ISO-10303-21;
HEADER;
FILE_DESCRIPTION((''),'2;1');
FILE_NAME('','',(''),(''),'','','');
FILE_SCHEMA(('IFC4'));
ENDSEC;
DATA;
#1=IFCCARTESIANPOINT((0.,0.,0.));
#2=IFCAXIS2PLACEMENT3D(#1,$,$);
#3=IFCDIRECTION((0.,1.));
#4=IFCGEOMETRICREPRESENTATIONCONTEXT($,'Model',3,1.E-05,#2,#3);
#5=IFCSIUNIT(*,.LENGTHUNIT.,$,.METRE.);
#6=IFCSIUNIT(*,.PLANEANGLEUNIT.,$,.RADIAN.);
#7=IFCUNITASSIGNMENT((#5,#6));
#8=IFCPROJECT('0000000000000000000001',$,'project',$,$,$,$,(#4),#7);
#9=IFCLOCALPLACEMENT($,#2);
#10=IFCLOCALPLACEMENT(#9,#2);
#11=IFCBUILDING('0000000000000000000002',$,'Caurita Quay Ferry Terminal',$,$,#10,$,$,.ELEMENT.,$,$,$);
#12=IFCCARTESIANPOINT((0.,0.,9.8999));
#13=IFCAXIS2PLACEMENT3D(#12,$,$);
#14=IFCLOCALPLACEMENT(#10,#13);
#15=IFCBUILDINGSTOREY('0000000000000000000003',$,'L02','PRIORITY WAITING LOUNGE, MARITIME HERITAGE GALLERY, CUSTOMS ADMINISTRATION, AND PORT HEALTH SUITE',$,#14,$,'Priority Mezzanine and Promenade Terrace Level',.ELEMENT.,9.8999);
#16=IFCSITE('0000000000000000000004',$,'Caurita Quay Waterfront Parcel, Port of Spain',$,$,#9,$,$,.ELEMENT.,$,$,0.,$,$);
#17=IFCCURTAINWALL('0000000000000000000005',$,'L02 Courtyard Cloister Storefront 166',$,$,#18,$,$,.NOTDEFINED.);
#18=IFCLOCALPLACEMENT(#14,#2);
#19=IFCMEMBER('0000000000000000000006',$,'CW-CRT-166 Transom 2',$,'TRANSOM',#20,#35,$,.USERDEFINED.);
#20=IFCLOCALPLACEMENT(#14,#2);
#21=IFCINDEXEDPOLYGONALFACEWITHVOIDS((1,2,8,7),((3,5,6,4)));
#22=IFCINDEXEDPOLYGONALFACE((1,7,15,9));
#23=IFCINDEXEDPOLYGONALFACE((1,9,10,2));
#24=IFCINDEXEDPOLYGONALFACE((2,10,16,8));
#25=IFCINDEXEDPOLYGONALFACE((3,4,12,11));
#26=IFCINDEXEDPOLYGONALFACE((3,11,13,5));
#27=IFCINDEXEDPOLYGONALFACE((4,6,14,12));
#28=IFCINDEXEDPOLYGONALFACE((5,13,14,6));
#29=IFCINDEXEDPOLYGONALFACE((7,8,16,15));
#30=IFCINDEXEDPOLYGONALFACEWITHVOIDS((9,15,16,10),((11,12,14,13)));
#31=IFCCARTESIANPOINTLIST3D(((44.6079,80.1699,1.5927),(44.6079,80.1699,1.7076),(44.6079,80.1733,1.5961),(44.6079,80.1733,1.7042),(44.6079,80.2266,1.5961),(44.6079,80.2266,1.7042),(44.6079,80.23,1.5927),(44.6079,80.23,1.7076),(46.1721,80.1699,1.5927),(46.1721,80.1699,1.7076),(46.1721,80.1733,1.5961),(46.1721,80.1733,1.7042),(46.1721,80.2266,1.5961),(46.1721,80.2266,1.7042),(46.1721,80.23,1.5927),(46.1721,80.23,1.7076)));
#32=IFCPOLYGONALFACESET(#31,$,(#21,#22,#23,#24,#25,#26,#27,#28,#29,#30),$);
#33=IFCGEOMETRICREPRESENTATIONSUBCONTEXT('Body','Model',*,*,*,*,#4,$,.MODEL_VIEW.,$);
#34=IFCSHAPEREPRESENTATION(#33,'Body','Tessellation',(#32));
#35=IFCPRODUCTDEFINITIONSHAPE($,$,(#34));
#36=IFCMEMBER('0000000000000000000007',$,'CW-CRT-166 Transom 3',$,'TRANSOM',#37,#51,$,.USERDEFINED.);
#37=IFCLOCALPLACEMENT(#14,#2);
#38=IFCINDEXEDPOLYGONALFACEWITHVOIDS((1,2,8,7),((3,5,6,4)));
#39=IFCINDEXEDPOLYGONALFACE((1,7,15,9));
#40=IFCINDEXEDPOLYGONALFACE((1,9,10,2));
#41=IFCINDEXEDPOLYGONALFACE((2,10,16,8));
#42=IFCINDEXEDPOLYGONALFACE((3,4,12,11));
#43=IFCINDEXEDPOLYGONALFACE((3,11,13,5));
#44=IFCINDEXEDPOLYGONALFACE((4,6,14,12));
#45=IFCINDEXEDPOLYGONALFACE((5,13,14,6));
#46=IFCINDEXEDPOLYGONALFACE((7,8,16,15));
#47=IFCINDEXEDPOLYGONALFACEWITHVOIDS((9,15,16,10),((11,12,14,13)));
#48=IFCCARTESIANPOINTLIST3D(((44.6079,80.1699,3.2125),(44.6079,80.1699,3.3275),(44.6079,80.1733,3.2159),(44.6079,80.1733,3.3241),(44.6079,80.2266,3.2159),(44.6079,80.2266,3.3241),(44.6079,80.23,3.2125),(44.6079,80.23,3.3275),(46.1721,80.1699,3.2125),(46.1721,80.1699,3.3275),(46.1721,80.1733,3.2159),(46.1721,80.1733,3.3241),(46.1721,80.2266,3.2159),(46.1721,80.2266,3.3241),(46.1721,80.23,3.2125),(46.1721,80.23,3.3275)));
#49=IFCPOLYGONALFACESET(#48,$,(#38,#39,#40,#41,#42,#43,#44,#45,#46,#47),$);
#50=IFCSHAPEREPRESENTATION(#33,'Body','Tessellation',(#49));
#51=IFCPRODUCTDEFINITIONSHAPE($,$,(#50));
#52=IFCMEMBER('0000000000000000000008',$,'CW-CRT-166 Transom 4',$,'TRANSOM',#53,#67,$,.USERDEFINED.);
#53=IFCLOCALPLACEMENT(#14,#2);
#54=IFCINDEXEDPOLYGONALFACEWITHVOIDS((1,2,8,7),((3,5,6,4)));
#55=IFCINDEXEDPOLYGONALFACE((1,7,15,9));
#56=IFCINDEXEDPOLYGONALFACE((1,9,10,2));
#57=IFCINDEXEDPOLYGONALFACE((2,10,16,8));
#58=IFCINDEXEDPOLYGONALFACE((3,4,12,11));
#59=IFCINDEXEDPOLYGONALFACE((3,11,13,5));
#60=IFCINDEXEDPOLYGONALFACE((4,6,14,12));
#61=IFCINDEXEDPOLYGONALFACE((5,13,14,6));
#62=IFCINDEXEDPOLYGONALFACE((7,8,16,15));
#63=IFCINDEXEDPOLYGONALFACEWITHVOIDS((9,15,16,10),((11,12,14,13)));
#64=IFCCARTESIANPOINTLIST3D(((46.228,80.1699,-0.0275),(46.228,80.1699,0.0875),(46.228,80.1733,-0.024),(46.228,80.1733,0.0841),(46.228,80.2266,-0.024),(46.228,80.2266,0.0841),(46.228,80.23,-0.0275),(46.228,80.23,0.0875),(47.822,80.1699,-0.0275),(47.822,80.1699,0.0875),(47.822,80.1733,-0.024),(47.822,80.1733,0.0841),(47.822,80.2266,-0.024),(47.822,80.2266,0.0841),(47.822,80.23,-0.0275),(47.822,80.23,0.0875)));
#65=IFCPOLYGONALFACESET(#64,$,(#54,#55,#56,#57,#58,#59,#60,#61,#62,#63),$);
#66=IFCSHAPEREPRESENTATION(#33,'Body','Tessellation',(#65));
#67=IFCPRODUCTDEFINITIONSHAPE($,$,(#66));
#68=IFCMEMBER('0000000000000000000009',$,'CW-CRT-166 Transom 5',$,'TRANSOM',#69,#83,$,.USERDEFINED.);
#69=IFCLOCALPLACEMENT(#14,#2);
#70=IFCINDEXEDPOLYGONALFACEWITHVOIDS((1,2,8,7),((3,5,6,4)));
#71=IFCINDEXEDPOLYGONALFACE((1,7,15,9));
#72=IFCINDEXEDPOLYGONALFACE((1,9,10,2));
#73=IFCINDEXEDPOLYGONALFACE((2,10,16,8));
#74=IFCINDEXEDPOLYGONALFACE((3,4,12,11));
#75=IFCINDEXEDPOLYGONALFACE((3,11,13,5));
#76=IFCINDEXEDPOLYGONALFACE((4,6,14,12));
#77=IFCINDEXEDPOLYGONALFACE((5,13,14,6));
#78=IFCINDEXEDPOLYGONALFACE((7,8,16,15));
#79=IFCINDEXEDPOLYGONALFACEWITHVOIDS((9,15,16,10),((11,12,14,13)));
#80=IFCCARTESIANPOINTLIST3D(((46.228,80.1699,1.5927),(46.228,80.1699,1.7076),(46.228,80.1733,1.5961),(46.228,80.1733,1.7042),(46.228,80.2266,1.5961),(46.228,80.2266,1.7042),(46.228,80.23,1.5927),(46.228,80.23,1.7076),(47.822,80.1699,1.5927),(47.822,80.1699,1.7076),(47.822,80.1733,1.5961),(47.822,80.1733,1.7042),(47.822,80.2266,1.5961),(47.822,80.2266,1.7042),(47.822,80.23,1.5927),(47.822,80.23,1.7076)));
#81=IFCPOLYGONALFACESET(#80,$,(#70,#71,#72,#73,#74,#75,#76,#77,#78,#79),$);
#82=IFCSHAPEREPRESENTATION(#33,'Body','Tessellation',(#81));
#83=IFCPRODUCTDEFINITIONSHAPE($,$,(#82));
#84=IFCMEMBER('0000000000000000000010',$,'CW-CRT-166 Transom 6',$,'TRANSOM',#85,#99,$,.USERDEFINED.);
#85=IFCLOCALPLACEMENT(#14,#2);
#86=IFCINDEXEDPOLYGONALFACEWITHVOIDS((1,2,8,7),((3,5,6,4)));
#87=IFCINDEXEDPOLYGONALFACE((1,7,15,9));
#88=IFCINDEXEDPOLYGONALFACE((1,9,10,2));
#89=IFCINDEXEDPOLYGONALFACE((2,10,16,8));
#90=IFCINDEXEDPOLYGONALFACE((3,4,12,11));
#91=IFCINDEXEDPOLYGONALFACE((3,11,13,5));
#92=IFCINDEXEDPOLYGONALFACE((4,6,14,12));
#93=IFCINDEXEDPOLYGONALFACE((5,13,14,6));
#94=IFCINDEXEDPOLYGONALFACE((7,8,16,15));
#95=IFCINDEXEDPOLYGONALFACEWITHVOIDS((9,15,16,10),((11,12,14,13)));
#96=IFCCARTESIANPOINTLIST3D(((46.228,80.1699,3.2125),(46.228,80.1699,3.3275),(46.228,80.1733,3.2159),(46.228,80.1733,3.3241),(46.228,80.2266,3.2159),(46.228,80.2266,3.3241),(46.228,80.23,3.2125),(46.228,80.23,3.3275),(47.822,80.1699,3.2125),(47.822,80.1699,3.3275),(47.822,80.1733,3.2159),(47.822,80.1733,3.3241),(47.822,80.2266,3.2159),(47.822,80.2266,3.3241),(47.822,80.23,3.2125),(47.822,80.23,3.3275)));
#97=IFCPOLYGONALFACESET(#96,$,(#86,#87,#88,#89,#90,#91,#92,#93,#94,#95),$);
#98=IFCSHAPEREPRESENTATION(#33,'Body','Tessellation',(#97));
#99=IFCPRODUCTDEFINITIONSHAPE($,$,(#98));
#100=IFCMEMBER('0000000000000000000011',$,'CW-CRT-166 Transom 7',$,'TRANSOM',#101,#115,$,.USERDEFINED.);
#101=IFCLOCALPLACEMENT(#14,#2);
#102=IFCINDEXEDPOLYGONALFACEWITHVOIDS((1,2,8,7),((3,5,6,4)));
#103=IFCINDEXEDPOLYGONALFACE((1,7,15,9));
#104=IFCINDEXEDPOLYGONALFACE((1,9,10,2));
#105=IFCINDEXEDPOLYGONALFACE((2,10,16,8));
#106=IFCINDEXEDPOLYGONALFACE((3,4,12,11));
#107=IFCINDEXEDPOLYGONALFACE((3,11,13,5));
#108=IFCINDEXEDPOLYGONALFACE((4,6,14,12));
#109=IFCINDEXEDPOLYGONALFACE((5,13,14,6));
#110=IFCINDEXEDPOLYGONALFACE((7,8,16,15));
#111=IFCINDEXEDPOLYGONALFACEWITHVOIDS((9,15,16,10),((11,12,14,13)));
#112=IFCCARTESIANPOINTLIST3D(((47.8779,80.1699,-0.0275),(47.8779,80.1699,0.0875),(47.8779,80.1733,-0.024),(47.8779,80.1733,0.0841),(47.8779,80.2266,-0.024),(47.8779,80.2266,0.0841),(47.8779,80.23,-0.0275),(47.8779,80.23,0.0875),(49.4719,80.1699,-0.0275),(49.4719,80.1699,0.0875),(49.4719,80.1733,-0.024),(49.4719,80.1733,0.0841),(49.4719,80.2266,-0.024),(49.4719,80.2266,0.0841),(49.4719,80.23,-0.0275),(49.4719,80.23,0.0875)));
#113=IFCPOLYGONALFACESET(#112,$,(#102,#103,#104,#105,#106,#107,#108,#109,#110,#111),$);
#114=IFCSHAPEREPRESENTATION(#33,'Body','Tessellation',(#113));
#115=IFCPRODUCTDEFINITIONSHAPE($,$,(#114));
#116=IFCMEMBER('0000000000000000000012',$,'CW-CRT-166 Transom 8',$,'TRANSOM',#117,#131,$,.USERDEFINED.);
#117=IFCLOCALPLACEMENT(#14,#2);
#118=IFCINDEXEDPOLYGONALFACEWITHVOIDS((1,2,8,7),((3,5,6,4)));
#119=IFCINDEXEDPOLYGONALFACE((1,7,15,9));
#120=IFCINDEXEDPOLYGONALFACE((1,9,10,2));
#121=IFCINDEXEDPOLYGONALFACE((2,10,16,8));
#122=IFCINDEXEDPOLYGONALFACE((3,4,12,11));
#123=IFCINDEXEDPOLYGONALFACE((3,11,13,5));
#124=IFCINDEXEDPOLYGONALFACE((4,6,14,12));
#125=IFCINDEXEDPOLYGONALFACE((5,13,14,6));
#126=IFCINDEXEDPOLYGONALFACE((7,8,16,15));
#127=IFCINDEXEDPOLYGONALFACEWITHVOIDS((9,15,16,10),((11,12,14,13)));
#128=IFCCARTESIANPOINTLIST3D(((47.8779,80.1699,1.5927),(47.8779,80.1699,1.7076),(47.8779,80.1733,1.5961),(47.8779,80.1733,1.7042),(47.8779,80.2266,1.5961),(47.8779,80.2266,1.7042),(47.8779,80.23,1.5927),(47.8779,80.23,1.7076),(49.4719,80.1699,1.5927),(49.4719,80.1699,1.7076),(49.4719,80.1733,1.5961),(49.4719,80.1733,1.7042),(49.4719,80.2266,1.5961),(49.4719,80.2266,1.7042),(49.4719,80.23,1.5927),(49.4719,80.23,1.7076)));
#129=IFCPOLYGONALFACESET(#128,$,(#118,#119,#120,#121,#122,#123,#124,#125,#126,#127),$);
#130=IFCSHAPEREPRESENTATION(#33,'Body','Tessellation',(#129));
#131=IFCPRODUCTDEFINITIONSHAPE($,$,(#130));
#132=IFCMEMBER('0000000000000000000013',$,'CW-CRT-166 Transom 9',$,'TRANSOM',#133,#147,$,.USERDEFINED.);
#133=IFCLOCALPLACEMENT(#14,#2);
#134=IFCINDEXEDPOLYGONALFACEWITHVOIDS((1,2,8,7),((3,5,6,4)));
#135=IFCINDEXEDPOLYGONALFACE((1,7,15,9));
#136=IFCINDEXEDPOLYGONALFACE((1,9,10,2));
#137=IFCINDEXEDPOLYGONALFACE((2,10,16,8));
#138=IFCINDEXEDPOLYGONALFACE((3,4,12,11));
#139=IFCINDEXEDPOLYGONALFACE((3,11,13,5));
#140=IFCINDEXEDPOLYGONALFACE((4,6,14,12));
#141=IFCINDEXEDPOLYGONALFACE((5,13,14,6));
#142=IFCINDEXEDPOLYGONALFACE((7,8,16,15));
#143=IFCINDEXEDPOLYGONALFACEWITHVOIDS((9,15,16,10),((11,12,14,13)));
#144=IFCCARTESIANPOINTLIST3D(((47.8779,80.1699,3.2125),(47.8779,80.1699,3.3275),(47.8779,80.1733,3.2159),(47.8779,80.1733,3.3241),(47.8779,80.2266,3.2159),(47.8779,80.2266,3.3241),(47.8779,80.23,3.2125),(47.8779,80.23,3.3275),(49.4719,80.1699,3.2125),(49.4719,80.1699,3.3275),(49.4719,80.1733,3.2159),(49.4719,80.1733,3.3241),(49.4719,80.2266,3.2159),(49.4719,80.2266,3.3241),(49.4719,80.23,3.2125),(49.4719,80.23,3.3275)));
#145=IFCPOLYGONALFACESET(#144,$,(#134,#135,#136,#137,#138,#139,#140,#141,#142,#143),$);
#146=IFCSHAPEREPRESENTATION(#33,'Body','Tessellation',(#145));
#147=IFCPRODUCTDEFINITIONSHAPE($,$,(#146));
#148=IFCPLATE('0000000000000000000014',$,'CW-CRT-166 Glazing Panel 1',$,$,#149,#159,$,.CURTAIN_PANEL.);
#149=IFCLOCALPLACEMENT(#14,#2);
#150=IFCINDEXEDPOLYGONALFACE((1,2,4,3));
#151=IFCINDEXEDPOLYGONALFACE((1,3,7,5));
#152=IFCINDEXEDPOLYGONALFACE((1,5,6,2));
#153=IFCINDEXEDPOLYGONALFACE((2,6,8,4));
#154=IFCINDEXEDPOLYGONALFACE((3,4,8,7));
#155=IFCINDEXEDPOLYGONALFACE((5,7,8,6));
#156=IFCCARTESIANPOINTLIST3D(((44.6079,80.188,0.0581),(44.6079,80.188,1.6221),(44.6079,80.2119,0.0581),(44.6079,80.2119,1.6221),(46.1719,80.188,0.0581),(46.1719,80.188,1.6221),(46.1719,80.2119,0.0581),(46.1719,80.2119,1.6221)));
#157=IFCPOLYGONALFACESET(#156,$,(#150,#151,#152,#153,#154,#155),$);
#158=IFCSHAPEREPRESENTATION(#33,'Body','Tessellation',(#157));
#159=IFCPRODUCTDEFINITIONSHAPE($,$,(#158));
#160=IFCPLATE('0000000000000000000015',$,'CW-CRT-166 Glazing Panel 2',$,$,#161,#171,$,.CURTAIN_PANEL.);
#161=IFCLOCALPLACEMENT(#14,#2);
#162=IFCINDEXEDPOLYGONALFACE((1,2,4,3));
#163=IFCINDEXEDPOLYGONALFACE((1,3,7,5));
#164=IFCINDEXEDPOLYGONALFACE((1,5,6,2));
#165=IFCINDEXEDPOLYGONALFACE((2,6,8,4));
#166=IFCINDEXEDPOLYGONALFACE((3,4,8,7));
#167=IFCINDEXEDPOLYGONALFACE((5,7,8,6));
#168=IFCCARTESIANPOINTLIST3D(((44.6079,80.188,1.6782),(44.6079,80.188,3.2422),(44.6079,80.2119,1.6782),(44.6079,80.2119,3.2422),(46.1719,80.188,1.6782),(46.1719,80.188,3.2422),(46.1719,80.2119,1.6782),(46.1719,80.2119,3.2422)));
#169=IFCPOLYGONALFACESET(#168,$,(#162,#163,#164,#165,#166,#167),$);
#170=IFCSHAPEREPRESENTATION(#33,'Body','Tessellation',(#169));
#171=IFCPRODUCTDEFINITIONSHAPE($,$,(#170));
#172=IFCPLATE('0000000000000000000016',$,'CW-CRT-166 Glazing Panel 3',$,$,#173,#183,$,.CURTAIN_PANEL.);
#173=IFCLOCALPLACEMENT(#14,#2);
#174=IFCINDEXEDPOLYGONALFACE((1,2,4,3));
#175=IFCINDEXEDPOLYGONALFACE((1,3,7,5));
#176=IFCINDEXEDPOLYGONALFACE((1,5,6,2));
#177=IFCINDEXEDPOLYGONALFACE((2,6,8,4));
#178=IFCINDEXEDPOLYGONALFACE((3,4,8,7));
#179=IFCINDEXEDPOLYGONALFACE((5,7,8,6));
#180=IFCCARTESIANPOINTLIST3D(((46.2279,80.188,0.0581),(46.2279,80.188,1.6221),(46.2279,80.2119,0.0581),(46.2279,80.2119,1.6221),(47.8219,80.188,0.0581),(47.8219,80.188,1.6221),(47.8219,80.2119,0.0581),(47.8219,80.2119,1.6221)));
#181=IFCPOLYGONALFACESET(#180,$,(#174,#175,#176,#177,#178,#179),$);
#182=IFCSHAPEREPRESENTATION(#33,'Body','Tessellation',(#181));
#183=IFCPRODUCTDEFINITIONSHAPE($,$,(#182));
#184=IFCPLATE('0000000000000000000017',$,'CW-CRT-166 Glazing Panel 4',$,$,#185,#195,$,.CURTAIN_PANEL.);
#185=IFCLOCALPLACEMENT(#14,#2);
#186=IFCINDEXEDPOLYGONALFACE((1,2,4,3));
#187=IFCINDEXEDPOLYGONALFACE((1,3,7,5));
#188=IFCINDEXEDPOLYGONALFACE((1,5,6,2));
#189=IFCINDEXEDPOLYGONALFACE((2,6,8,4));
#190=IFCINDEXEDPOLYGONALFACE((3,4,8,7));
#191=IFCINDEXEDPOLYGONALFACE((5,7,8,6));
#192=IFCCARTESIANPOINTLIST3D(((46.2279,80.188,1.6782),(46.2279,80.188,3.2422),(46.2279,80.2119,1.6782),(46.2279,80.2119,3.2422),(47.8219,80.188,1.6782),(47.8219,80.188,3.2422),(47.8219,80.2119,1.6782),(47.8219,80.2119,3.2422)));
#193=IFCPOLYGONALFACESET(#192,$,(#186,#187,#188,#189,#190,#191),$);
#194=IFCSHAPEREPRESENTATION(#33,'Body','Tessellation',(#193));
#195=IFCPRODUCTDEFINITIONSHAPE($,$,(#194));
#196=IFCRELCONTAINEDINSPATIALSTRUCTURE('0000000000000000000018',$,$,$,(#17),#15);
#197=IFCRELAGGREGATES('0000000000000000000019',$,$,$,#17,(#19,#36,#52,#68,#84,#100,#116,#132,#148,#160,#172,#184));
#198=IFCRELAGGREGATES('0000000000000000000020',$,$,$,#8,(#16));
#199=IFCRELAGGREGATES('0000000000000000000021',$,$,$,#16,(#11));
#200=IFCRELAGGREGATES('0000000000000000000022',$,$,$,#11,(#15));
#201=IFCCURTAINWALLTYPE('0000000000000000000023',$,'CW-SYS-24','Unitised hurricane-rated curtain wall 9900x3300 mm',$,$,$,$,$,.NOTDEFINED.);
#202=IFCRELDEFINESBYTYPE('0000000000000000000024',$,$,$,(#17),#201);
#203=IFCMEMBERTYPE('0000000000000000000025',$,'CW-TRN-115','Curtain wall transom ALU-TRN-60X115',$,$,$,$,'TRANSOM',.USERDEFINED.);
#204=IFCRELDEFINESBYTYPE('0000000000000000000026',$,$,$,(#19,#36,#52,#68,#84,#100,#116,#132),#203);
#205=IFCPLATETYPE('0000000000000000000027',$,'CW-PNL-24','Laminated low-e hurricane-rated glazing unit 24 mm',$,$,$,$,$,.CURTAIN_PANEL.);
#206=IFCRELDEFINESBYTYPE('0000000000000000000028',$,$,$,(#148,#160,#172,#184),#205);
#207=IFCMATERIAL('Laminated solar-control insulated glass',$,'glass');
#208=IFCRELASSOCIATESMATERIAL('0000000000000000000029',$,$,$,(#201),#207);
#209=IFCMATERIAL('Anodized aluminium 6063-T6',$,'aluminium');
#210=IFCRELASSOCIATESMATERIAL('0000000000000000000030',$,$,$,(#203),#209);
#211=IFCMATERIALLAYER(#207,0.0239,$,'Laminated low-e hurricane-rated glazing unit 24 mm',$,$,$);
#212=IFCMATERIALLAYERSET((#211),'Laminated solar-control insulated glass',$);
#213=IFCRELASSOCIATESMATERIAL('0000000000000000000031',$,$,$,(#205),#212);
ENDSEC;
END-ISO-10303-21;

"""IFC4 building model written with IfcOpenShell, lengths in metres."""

from ifc_helpers import new_model, si_unit, direction, frame, origin, origin_2d, place, context, subcontext, project, spatial, rectangle, hollow_rectangle, extrude, material, layer, layer_set, material_profile, profile_set, type_object, element, aggregate, save


model = new_model("IFC4")

# Units and contexts
model_context = context("Model", 3, precision=1e-05, world=origin(), true_north=direction((0.0, 1.0)))
body_context = subcontext(model_context, "Body", "Model", "MODEL_VIEW")
ifc_project = project(units=[si_unit("LENGTHUNIT", "METRE"), si_unit("PLANEANGLEUNIT", "RADIAN")], contexts=[model_context])

# Site, building, storey
site_placement = place(None, origin())
site = spatial("IfcSite", under=ifc_project, at=site_placement, Name="Caurita Quay Waterfront Parcel, Port of Spain", CompositionType="ELEMENT", RefElevation=0.0)
building_placement = place(site_placement, origin())
building = spatial("IfcBuilding", under=site, at=building_placement, Name="Caurita Quay Ferry Terminal", CompositionType="ELEMENT")
storey_placement = place(building_placement, frame((0.0, 0.0, 9.8999)))
storey = spatial("IfcBuildingStorey", under=building, at=storey_placement, Name="L02", Description="PRIORITY WAITING LOUNGE, MARITIME HERITAGE GALLERY, CUSTOMS ADMINISTRATION, AND PORT HEALTH SUITE", LongName="Priority Mezzanine and Promenade Terrace Level", CompositionType="ELEMENT", Elevation=9.8999)

# Curtain wall, members, plates
ifc_material_1 = material(Name="Laminated solar-control insulated glass", Category="glass")
curtain_wall_type = type_object("IfcCurtainWallType", Name="CW-SYS-24", Description="Unitised hurricane-rated curtain wall 9900x3300 mm", PredefinedType="NOTDEFINED", material=ifc_material_1)
curtain_wall_placement = place(storey_placement, origin())
curtain_wall = element("IfcCurtainWall", 1, at=curtain_wall_placement, inside=storey, type_object=curtain_wall_type, Name="L02 Courtyard Cloister Storefront 166", PredefinedType="NOTDEFINED")
ifc_material_2 = material(Name="Anodized aluminium 6063-T6", Category="aluminium")
ifc_material_profile_1 = material_profile(ifc_material_2, hollow_rectangle(XDim=0.0601, YDim=0.115, WallThickness=0.0034, at=origin_2d()), Name="ALU-TRN-60X115")
ifc_profile_set_1 = profile_set([ifc_material_profile_1], Name="Anodized aluminium 6063-T6")
member_type_1 = type_object("IfcMemberType", Name="CW-TRN-115", Description="Curtain wall transom ALU-TRN-60X115", ElementType="TRANSOM", PredefinedType="USERDEFINED", material=ifc_profile_set_1)
member_1_placement = place(storey_placement, frame((44.6079, 80.2, 1.6501), z_axis=(1.0, 0.0, 0.0), x_axis=(0.0, 1.0, 0.0)))
member_1 = element("IfcMember", 2, at=member_1_placement, type_object=member_type_1, Name="CW-CRT-166 Transom 2", ObjectType="TRANSOM", PredefinedType="USERDEFINED", context=body_context, shape_type="SweptSolid", body=[
    extrude(hollow_rectangle(XDim=0.0601, YDim=0.115, WallThickness=0.0034, at=origin_2d()), origin(), (0.0, 0.0, 1.0), 1.5642),
])
member_2_placement = place(storey_placement, frame((44.6079, 80.2, 3.27), z_axis=(1.0, 0.0, 0.0), x_axis=(0.0, 1.0, 0.0)))
member_2 = element("IfcMember", 3, at=member_2_placement, type_object=member_type_1, Name="CW-CRT-166 Transom 3", ObjectType="TRANSOM", PredefinedType="USERDEFINED", context=body_context, shape_type="SweptSolid", body=[
    extrude(hollow_rectangle(XDim=0.0601, YDim=0.115, WallThickness=0.0034, at=origin_2d()), origin(), (0.0, 0.0, 1.0), 1.5642),
])
member_3_placement = place(storey_placement, frame((46.228, 80.2, 0.03), z_axis=(1.0, 0.0, 0.0), x_axis=(0.0, 1.0, 0.0)))
member_3 = element("IfcMember", 4, at=member_3_placement, type_object=member_type_1, Name="CW-CRT-166 Transom 4", ObjectType="TRANSOM", PredefinedType="USERDEFINED", context=body_context, shape_type="SweptSolid", body=[
    extrude(hollow_rectangle(XDim=0.0601, YDim=0.115, WallThickness=0.0034, at=origin_2d()), origin(), (0.0, 0.0, 1.0), 1.594),
])
member_4_placement = place(storey_placement, frame((46.228, 80.2, 1.6501), z_axis=(1.0, 0.0, 0.0), x_axis=(0.0, 1.0, 0.0)))
member_4 = element("IfcMember", 5, at=member_4_placement, type_object=member_type_1, Name="CW-CRT-166 Transom 5", ObjectType="TRANSOM", PredefinedType="USERDEFINED", context=body_context, shape_type="SweptSolid", body=[
    extrude(hollow_rectangle(XDim=0.0601, YDim=0.115, WallThickness=0.0034, at=origin_2d()), origin(), (0.0, 0.0, 1.0), 1.594),
])
member_5_placement = place(storey_placement, frame((46.228, 80.2, 3.27), z_axis=(1.0, 0.0, 0.0), x_axis=(0.0, 1.0, 0.0)))
member_5 = element("IfcMember", 6, at=member_5_placement, type_object=member_type_1, Name="CW-CRT-166 Transom 6", ObjectType="TRANSOM", PredefinedType="USERDEFINED", context=body_context, shape_type="SweptSolid", body=[
    extrude(hollow_rectangle(XDim=0.0601, YDim=0.115, WallThickness=0.0034, at=origin_2d()), origin(), (0.0, 0.0, 1.0), 1.594),
])
member_6_placement = place(storey_placement, frame((47.8779, 80.2, 0.03), z_axis=(1.0, 0.0, 0.0), x_axis=(0.0, 1.0, 0.0)))
member_6 = element("IfcMember", 7, at=member_6_placement, type_object=member_type_1, Name="CW-CRT-166 Transom 7", ObjectType="TRANSOM", PredefinedType="USERDEFINED", context=body_context, shape_type="SweptSolid", body=[
    extrude(hollow_rectangle(XDim=0.0601, YDim=0.115, WallThickness=0.0034, at=origin_2d()), origin(), (0.0, 0.0, 1.0), 1.594),
])
member_7_placement = place(storey_placement, frame((47.8779, 80.2, 1.6501), z_axis=(1.0, 0.0, 0.0), x_axis=(0.0, 1.0, 0.0)))
member_7 = element("IfcMember", 8, at=member_7_placement, type_object=member_type_1, Name="CW-CRT-166 Transom 8", ObjectType="TRANSOM", PredefinedType="USERDEFINED", context=body_context, shape_type="SweptSolid", body=[
    extrude(hollow_rectangle(XDim=0.0601, YDim=0.115, WallThickness=0.0034, at=origin_2d()), origin(), (0.0, 0.0, 1.0), 1.594),
])
member_8_placement = place(storey_placement, frame((47.8779, 80.2, 3.27), z_axis=(1.0, 0.0, 0.0), x_axis=(0.0, 1.0, 0.0)))
member_8 = element("IfcMember", 9, at=member_8_placement, type_object=member_type_1, Name="CW-CRT-166 Transom 9", ObjectType="TRANSOM", PredefinedType="USERDEFINED", context=body_context, shape_type="SweptSolid", body=[
    extrude(hollow_rectangle(XDim=0.0601, YDim=0.115, WallThickness=0.0034, at=origin_2d()), origin(), (0.0, 0.0, 1.0), 1.594),
])
ifc_layer = layer(ifc_material_1, 0.0239, Name="Laminated low-e hurricane-rated glazing unit 24 mm")
ifc_layer_set = layer_set([ifc_layer], Name="Laminated solar-control insulated glass")
plate_type = type_object("IfcPlateType", Name="CW-PNL-24", Description="Laminated low-e hurricane-rated glazing unit 24 mm", PredefinedType="CURTAIN_PANEL", material=ifc_layer_set)
plate_1_placement = place(storey_placement, frame((45.3899, 80.2, 0.0581), z_axis=(0.0, 0.0, 1.0), x_axis=(1.0, 0.0, 0.0)))
plate_1 = element("IfcPlate", 10, at=plate_1_placement, type_object=plate_type, Name="CW-CRT-166 Glazing Panel 1", PredefinedType="CURTAIN_PANEL", context=body_context, shape_type="SweptSolid", body=[
    extrude(rectangle(XDim=1.564, YDim=0.0239, at=origin_2d()), origin(), (0.0, 0.0, 1.0), 1.564),
])
plate_2_placement = place(storey_placement, frame((45.3899, 80.2, 1.6782), z_axis=(0.0, 0.0, 1.0), x_axis=(1.0, 0.0, 0.0)))
plate_2 = element("IfcPlate", 11, at=plate_2_placement, type_object=plate_type, Name="CW-CRT-166 Glazing Panel 2", PredefinedType="CURTAIN_PANEL", context=body_context, shape_type="SweptSolid", body=[
    extrude(rectangle(XDim=1.564, YDim=0.0239, at=origin_2d()), origin(), (0.0, 0.0, 1.0), 1.564),
])
plate_3_placement = place(storey_placement, frame((47.0249, 80.2, 0.0581), z_axis=(0.0, 0.0, 1.0), x_axis=(1.0, 0.0, 0.0)))
plate_3 = element("IfcPlate", 12, at=plate_3_placement, type_object=plate_type, Name="CW-CRT-166 Glazing Panel 3", PredefinedType="CURTAIN_PANEL", context=body_context, shape_type="SweptSolid", body=[
    extrude(rectangle(XDim=1.594, YDim=0.0239, at=origin_2d()), origin(), (0.0, 0.0, 1.0), 1.564),
])
plate_4_placement = place(storey_placement, frame((47.0249, 80.2, 1.6782), z_axis=(0.0, 0.0, 1.0), x_axis=(1.0, 0.0, 0.0)))
plate_4 = element("IfcPlate", 13, at=plate_4_placement, type_object=plate_type, Name="CW-CRT-166 Glazing Panel 4", PredefinedType="CURTAIN_PANEL", context=body_context, shape_type="SweptSolid", body=[
    extrude(rectangle(XDim=1.594, YDim=0.0239, at=origin_2d()), origin(), (0.0, 0.0, 1.0), 1.564),
])
aggregate(curtain_wall, [member_1, member_2, member_3, member_4, member_5, member_6, member_7, member_8, plate_1, plate_2, plate_3, plate_4])

save(model, "model.ifc")
